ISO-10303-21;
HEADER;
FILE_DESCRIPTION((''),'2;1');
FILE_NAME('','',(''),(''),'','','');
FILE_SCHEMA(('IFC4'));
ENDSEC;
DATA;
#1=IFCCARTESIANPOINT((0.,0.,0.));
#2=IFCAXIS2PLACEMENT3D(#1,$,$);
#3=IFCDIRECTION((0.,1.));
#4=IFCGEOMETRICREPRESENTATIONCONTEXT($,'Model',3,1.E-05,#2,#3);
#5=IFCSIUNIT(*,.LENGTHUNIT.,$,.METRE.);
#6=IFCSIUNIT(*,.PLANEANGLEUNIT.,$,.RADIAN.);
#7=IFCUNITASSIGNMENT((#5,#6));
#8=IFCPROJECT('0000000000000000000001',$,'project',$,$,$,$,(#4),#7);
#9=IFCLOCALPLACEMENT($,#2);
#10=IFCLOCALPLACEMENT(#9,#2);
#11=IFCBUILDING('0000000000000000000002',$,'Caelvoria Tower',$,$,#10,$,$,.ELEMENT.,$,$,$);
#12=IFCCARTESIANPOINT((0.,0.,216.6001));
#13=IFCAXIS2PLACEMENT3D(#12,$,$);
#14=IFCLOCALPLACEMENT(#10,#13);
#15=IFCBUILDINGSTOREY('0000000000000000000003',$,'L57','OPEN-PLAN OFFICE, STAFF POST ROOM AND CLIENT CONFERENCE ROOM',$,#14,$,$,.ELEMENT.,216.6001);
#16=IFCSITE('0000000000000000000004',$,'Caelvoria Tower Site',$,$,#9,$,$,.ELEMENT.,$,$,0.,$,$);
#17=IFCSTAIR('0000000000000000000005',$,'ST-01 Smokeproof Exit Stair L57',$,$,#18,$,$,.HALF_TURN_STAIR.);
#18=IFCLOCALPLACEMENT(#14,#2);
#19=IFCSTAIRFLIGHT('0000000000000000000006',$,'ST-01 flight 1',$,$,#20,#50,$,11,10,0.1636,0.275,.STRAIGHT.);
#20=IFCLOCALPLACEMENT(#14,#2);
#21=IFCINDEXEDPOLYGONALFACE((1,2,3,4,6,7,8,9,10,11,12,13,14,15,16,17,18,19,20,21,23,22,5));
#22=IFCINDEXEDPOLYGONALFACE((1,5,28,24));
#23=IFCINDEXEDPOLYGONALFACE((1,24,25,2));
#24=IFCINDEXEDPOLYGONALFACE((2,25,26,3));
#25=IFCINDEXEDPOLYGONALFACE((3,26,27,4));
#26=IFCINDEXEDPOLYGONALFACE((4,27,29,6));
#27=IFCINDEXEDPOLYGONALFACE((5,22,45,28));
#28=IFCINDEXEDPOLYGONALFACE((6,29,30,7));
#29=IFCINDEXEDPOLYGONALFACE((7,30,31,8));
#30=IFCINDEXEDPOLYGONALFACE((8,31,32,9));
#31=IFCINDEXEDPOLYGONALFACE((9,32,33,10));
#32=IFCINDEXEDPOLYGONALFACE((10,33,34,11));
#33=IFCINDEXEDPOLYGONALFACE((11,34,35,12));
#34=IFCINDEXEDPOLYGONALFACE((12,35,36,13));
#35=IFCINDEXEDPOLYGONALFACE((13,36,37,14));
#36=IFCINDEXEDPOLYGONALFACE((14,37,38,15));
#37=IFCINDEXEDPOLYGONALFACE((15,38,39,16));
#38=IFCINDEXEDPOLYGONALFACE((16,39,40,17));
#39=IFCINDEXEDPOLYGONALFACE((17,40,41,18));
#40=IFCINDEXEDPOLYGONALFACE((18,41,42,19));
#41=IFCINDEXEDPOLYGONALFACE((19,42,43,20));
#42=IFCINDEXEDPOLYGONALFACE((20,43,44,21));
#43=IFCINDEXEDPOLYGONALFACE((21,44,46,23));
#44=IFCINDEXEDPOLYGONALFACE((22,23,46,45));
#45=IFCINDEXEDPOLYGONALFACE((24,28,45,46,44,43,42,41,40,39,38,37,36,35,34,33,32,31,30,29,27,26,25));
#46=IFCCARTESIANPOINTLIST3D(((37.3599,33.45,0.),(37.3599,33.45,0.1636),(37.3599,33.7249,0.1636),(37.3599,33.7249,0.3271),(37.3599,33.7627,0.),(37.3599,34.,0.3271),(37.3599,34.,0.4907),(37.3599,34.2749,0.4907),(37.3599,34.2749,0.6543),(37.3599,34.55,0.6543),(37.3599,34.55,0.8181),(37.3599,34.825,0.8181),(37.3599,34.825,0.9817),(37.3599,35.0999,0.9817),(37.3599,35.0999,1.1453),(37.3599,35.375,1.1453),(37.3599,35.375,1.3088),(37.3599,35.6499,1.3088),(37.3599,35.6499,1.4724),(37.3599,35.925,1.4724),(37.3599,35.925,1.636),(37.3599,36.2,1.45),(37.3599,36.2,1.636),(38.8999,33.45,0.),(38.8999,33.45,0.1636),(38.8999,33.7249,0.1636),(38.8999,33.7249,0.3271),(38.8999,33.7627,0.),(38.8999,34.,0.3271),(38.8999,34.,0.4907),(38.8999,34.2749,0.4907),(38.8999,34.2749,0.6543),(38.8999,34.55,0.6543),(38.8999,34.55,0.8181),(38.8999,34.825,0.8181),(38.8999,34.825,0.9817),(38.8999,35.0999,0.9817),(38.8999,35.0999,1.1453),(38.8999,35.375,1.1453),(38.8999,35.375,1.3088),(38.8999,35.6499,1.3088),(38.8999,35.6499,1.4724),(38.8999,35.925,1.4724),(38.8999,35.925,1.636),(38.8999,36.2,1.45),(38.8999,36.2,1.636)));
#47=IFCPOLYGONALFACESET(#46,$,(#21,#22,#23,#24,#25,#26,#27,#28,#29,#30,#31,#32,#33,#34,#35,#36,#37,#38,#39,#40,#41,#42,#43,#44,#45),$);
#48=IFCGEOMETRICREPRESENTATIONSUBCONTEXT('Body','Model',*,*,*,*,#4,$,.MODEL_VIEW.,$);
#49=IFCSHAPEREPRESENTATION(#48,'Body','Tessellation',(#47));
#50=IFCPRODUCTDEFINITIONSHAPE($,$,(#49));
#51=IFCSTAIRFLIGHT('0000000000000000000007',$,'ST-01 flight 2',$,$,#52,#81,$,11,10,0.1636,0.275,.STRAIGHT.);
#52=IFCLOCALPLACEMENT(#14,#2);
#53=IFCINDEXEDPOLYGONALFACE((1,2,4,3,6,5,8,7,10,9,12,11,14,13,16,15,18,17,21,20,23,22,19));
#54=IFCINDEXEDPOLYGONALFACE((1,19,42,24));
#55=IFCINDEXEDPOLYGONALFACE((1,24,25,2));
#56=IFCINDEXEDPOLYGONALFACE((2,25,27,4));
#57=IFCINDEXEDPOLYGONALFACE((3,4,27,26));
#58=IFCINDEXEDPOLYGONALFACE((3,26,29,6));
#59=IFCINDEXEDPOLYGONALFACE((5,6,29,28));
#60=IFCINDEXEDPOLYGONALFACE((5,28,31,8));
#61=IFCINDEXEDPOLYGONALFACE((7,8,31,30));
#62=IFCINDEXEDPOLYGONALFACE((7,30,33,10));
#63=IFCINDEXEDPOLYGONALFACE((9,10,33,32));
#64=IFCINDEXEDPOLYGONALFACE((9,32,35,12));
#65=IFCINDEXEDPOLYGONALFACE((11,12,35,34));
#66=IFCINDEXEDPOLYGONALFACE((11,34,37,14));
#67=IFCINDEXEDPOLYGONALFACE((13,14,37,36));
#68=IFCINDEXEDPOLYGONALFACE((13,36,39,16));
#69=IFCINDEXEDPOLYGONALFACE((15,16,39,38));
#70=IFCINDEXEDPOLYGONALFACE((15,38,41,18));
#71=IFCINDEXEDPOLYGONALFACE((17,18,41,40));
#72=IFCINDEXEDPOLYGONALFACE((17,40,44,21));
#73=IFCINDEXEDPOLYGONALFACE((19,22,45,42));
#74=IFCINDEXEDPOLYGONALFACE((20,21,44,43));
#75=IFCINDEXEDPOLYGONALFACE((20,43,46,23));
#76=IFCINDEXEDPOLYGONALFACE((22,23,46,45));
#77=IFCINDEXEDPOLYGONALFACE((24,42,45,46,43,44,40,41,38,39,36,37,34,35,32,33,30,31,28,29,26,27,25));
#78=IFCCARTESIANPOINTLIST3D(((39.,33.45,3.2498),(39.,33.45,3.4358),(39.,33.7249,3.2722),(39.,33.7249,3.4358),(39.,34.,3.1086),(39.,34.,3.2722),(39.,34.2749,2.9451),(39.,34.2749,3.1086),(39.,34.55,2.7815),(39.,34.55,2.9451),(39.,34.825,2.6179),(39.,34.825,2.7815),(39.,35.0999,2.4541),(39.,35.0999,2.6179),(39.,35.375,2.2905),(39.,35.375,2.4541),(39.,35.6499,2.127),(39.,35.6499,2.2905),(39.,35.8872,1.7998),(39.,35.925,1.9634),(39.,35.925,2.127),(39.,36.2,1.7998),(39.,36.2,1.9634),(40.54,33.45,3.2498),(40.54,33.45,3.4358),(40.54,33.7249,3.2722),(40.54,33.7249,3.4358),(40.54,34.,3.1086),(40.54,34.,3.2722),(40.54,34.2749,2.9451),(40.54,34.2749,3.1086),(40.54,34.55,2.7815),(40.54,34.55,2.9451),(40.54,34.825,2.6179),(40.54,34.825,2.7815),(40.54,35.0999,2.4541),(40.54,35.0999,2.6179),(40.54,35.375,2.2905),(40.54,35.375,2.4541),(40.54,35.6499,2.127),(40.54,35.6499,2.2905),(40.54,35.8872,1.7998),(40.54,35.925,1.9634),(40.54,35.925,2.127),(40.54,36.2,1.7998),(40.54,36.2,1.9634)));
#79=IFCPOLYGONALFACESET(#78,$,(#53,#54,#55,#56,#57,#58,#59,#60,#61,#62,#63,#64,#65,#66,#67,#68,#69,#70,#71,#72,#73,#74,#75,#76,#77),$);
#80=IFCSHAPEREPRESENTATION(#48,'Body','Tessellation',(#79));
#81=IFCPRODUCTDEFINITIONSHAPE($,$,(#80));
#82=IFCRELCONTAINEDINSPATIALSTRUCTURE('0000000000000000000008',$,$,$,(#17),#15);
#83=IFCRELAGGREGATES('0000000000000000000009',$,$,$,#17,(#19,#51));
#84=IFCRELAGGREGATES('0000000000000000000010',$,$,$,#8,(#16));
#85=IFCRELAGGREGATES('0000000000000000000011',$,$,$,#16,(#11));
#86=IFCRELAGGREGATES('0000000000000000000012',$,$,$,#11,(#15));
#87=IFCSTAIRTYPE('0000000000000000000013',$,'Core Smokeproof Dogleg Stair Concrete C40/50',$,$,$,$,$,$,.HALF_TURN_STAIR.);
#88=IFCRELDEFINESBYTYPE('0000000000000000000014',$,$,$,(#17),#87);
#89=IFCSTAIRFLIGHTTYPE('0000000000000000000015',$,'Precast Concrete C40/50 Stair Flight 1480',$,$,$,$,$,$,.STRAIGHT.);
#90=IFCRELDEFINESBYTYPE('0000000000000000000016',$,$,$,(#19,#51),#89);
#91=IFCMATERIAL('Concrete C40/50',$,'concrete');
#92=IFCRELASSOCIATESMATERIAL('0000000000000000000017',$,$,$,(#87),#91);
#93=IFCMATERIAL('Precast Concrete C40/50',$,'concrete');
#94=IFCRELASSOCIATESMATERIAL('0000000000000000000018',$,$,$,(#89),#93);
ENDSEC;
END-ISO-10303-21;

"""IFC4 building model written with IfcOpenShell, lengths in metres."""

from ifc_helpers import new_model, si_unit, direction, frame, origin, place, context, subcontext, project, spatial, polyline, outline, extrude, material, type_object, element, aggregate, save


model = new_model("IFC4")

# Units and contexts
model_context = context("Model", 3, precision=1e-05, world=origin(), true_north=direction((0.0, 1.0)))
body_context = subcontext(model_context, "Body", "Model", "MODEL_VIEW")
ifc_project = project(units=[si_unit("LENGTHUNIT", "METRE"), si_unit("PLANEANGLEUNIT", "RADIAN")], contexts=[model_context])

# Site, building, storey
site_placement = place(None, origin())
site = spatial("IfcSite", under=ifc_project, at=site_placement, Name="Caelvoria Tower Site", CompositionType="ELEMENT", RefElevation=0.0)
building_placement = place(site_placement, origin())
building = spatial("IfcBuilding", under=site, at=building_placement, Name="Caelvoria Tower", CompositionType="ELEMENT")
storey_placement = place(building_placement, frame((0.0, 0.0, 216.6001)))
storey = spatial("IfcBuildingStorey", under=building, at=storey_placement, Name="L57", Description="OPEN-PLAN OFFICE, STAFF POST ROOM AND CLIENT CONFERENCE ROOM", CompositionType="ELEMENT", Elevation=216.6001)

# Stair, stair flights
ifc_material_1 = material(Name="Concrete C40/50", Category="concrete")
stair_type = type_object("IfcStairType", Name="Core Smokeproof Dogleg Stair Concrete C40/50", PredefinedType="HALF_TURN_STAIR", material=ifc_material_1)
stair_placement = place(storey_placement, origin())
stair = element("IfcStair", 1, at=stair_placement, inside=storey, type_object=stair_type, Name="ST-01 Smokeproof Exit Stair L57", PredefinedType="HALF_TURN_STAIR")
ifc_material_2 = material(Name="Precast Concrete C40/50", Category="concrete")
stair_flight_type = type_object("IfcStairFlightType", Name="Precast Concrete C40/50 Stair Flight 1480", PredefinedType="STRAIGHT", material=ifc_material_2)
stair_flight_1_placement = place(storey_placement, frame((38.1299, 33.45, 0.0), z_axis=(0.0, 0.0, 1.0), x_axis=(0.0, 1.0, 0.0)))
stair_flight_1 = element("IfcStairFlight", 2, at=stair_flight_1_placement, type_object=stair_flight_type, Name="ST-01 flight 1", NumberOfRisers=11, NumberOfTreads=10, PredefinedType="STRAIGHT", RiserHeight=0.1636, TreadLength=0.275, context=body_context, shape_type="SweptSolid", body=[
    extrude(outline(polyline([(0.0, 0.0), (0.0, 0.1636), (0.2749, 0.1636), (0.2749, 0.3271), (0.55, 0.3271), (0.55, 0.4907), (0.825, 0.4907), (0.825, 0.6543), (1.1001, 0.6543), (1.1001, 0.8181), (1.375, 0.8181), (1.375, 0.9817), (1.6499, 0.9817), (1.6499, 1.1453), (1.925, 1.1453), (1.925, 1.3088), (2.2, 1.3088), (2.2, 1.4724), (2.4751, 1.4724), (2.4751, 1.636), (2.75, 1.636), (2.75, 1.7996), (2.75, 1.45), (0.3127, 0.0), (0.0, 0.0)])), frame((0.0, 0.77, 0.0), z_axis=(0.0, -1.0, 0.0), x_axis=(1.0, 0.0, 0.0)), (0.0, 0.0, 1.0), 1.54),
])
stair_flight_2_placement = place(storey_placement, frame((39.77, 36.2, 1.7998), z_axis=(0.0, 0.0, 1.0), x_axis=(0.0, -1.0, 0.0)))
stair_flight_2 = element("IfcStairFlight", 3, at=stair_flight_2_placement, type_object=stair_flight_type, Name="ST-01 flight 2", NumberOfRisers=11, NumberOfTreads=10, PredefinedType="STRAIGHT", RiserHeight=0.1636, TreadLength=0.275, context=body_context, shape_type="SweptSolid", body=[
    extrude(outline(polyline([(0.0, 0.0), (0.0, 0.1636), (0.2749, 0.1636), (0.2749, 0.3271), (0.55, 0.3271), (0.55, 0.4907), (0.825, 0.4907), (0.825, 0.6543), (1.1001, 0.6543), (1.1001, 0.8181), (1.375, 0.8181), (1.375, 0.9817), (1.6499, 0.9817), (1.6499, 1.1453), (1.925, 1.1453), (1.925, 1.3088), (2.2, 1.3088), (2.2, 1.4724), (2.4751, 1.4724), (2.4751, 1.636), (2.75, 1.636), (2.75, 1.7996), (2.75, 1.45), (0.3127, 0.0), (0.0, 0.0)])), frame((0.0, 0.77, 0.0), z_axis=(0.0, -1.0, 0.0), x_axis=(1.0, 0.0, 0.0)), (0.0, 0.0, 1.0), 1.54),
])
aggregate(stair, [stair_flight_1, stair_flight_2])

save(model, "model.ifc")
